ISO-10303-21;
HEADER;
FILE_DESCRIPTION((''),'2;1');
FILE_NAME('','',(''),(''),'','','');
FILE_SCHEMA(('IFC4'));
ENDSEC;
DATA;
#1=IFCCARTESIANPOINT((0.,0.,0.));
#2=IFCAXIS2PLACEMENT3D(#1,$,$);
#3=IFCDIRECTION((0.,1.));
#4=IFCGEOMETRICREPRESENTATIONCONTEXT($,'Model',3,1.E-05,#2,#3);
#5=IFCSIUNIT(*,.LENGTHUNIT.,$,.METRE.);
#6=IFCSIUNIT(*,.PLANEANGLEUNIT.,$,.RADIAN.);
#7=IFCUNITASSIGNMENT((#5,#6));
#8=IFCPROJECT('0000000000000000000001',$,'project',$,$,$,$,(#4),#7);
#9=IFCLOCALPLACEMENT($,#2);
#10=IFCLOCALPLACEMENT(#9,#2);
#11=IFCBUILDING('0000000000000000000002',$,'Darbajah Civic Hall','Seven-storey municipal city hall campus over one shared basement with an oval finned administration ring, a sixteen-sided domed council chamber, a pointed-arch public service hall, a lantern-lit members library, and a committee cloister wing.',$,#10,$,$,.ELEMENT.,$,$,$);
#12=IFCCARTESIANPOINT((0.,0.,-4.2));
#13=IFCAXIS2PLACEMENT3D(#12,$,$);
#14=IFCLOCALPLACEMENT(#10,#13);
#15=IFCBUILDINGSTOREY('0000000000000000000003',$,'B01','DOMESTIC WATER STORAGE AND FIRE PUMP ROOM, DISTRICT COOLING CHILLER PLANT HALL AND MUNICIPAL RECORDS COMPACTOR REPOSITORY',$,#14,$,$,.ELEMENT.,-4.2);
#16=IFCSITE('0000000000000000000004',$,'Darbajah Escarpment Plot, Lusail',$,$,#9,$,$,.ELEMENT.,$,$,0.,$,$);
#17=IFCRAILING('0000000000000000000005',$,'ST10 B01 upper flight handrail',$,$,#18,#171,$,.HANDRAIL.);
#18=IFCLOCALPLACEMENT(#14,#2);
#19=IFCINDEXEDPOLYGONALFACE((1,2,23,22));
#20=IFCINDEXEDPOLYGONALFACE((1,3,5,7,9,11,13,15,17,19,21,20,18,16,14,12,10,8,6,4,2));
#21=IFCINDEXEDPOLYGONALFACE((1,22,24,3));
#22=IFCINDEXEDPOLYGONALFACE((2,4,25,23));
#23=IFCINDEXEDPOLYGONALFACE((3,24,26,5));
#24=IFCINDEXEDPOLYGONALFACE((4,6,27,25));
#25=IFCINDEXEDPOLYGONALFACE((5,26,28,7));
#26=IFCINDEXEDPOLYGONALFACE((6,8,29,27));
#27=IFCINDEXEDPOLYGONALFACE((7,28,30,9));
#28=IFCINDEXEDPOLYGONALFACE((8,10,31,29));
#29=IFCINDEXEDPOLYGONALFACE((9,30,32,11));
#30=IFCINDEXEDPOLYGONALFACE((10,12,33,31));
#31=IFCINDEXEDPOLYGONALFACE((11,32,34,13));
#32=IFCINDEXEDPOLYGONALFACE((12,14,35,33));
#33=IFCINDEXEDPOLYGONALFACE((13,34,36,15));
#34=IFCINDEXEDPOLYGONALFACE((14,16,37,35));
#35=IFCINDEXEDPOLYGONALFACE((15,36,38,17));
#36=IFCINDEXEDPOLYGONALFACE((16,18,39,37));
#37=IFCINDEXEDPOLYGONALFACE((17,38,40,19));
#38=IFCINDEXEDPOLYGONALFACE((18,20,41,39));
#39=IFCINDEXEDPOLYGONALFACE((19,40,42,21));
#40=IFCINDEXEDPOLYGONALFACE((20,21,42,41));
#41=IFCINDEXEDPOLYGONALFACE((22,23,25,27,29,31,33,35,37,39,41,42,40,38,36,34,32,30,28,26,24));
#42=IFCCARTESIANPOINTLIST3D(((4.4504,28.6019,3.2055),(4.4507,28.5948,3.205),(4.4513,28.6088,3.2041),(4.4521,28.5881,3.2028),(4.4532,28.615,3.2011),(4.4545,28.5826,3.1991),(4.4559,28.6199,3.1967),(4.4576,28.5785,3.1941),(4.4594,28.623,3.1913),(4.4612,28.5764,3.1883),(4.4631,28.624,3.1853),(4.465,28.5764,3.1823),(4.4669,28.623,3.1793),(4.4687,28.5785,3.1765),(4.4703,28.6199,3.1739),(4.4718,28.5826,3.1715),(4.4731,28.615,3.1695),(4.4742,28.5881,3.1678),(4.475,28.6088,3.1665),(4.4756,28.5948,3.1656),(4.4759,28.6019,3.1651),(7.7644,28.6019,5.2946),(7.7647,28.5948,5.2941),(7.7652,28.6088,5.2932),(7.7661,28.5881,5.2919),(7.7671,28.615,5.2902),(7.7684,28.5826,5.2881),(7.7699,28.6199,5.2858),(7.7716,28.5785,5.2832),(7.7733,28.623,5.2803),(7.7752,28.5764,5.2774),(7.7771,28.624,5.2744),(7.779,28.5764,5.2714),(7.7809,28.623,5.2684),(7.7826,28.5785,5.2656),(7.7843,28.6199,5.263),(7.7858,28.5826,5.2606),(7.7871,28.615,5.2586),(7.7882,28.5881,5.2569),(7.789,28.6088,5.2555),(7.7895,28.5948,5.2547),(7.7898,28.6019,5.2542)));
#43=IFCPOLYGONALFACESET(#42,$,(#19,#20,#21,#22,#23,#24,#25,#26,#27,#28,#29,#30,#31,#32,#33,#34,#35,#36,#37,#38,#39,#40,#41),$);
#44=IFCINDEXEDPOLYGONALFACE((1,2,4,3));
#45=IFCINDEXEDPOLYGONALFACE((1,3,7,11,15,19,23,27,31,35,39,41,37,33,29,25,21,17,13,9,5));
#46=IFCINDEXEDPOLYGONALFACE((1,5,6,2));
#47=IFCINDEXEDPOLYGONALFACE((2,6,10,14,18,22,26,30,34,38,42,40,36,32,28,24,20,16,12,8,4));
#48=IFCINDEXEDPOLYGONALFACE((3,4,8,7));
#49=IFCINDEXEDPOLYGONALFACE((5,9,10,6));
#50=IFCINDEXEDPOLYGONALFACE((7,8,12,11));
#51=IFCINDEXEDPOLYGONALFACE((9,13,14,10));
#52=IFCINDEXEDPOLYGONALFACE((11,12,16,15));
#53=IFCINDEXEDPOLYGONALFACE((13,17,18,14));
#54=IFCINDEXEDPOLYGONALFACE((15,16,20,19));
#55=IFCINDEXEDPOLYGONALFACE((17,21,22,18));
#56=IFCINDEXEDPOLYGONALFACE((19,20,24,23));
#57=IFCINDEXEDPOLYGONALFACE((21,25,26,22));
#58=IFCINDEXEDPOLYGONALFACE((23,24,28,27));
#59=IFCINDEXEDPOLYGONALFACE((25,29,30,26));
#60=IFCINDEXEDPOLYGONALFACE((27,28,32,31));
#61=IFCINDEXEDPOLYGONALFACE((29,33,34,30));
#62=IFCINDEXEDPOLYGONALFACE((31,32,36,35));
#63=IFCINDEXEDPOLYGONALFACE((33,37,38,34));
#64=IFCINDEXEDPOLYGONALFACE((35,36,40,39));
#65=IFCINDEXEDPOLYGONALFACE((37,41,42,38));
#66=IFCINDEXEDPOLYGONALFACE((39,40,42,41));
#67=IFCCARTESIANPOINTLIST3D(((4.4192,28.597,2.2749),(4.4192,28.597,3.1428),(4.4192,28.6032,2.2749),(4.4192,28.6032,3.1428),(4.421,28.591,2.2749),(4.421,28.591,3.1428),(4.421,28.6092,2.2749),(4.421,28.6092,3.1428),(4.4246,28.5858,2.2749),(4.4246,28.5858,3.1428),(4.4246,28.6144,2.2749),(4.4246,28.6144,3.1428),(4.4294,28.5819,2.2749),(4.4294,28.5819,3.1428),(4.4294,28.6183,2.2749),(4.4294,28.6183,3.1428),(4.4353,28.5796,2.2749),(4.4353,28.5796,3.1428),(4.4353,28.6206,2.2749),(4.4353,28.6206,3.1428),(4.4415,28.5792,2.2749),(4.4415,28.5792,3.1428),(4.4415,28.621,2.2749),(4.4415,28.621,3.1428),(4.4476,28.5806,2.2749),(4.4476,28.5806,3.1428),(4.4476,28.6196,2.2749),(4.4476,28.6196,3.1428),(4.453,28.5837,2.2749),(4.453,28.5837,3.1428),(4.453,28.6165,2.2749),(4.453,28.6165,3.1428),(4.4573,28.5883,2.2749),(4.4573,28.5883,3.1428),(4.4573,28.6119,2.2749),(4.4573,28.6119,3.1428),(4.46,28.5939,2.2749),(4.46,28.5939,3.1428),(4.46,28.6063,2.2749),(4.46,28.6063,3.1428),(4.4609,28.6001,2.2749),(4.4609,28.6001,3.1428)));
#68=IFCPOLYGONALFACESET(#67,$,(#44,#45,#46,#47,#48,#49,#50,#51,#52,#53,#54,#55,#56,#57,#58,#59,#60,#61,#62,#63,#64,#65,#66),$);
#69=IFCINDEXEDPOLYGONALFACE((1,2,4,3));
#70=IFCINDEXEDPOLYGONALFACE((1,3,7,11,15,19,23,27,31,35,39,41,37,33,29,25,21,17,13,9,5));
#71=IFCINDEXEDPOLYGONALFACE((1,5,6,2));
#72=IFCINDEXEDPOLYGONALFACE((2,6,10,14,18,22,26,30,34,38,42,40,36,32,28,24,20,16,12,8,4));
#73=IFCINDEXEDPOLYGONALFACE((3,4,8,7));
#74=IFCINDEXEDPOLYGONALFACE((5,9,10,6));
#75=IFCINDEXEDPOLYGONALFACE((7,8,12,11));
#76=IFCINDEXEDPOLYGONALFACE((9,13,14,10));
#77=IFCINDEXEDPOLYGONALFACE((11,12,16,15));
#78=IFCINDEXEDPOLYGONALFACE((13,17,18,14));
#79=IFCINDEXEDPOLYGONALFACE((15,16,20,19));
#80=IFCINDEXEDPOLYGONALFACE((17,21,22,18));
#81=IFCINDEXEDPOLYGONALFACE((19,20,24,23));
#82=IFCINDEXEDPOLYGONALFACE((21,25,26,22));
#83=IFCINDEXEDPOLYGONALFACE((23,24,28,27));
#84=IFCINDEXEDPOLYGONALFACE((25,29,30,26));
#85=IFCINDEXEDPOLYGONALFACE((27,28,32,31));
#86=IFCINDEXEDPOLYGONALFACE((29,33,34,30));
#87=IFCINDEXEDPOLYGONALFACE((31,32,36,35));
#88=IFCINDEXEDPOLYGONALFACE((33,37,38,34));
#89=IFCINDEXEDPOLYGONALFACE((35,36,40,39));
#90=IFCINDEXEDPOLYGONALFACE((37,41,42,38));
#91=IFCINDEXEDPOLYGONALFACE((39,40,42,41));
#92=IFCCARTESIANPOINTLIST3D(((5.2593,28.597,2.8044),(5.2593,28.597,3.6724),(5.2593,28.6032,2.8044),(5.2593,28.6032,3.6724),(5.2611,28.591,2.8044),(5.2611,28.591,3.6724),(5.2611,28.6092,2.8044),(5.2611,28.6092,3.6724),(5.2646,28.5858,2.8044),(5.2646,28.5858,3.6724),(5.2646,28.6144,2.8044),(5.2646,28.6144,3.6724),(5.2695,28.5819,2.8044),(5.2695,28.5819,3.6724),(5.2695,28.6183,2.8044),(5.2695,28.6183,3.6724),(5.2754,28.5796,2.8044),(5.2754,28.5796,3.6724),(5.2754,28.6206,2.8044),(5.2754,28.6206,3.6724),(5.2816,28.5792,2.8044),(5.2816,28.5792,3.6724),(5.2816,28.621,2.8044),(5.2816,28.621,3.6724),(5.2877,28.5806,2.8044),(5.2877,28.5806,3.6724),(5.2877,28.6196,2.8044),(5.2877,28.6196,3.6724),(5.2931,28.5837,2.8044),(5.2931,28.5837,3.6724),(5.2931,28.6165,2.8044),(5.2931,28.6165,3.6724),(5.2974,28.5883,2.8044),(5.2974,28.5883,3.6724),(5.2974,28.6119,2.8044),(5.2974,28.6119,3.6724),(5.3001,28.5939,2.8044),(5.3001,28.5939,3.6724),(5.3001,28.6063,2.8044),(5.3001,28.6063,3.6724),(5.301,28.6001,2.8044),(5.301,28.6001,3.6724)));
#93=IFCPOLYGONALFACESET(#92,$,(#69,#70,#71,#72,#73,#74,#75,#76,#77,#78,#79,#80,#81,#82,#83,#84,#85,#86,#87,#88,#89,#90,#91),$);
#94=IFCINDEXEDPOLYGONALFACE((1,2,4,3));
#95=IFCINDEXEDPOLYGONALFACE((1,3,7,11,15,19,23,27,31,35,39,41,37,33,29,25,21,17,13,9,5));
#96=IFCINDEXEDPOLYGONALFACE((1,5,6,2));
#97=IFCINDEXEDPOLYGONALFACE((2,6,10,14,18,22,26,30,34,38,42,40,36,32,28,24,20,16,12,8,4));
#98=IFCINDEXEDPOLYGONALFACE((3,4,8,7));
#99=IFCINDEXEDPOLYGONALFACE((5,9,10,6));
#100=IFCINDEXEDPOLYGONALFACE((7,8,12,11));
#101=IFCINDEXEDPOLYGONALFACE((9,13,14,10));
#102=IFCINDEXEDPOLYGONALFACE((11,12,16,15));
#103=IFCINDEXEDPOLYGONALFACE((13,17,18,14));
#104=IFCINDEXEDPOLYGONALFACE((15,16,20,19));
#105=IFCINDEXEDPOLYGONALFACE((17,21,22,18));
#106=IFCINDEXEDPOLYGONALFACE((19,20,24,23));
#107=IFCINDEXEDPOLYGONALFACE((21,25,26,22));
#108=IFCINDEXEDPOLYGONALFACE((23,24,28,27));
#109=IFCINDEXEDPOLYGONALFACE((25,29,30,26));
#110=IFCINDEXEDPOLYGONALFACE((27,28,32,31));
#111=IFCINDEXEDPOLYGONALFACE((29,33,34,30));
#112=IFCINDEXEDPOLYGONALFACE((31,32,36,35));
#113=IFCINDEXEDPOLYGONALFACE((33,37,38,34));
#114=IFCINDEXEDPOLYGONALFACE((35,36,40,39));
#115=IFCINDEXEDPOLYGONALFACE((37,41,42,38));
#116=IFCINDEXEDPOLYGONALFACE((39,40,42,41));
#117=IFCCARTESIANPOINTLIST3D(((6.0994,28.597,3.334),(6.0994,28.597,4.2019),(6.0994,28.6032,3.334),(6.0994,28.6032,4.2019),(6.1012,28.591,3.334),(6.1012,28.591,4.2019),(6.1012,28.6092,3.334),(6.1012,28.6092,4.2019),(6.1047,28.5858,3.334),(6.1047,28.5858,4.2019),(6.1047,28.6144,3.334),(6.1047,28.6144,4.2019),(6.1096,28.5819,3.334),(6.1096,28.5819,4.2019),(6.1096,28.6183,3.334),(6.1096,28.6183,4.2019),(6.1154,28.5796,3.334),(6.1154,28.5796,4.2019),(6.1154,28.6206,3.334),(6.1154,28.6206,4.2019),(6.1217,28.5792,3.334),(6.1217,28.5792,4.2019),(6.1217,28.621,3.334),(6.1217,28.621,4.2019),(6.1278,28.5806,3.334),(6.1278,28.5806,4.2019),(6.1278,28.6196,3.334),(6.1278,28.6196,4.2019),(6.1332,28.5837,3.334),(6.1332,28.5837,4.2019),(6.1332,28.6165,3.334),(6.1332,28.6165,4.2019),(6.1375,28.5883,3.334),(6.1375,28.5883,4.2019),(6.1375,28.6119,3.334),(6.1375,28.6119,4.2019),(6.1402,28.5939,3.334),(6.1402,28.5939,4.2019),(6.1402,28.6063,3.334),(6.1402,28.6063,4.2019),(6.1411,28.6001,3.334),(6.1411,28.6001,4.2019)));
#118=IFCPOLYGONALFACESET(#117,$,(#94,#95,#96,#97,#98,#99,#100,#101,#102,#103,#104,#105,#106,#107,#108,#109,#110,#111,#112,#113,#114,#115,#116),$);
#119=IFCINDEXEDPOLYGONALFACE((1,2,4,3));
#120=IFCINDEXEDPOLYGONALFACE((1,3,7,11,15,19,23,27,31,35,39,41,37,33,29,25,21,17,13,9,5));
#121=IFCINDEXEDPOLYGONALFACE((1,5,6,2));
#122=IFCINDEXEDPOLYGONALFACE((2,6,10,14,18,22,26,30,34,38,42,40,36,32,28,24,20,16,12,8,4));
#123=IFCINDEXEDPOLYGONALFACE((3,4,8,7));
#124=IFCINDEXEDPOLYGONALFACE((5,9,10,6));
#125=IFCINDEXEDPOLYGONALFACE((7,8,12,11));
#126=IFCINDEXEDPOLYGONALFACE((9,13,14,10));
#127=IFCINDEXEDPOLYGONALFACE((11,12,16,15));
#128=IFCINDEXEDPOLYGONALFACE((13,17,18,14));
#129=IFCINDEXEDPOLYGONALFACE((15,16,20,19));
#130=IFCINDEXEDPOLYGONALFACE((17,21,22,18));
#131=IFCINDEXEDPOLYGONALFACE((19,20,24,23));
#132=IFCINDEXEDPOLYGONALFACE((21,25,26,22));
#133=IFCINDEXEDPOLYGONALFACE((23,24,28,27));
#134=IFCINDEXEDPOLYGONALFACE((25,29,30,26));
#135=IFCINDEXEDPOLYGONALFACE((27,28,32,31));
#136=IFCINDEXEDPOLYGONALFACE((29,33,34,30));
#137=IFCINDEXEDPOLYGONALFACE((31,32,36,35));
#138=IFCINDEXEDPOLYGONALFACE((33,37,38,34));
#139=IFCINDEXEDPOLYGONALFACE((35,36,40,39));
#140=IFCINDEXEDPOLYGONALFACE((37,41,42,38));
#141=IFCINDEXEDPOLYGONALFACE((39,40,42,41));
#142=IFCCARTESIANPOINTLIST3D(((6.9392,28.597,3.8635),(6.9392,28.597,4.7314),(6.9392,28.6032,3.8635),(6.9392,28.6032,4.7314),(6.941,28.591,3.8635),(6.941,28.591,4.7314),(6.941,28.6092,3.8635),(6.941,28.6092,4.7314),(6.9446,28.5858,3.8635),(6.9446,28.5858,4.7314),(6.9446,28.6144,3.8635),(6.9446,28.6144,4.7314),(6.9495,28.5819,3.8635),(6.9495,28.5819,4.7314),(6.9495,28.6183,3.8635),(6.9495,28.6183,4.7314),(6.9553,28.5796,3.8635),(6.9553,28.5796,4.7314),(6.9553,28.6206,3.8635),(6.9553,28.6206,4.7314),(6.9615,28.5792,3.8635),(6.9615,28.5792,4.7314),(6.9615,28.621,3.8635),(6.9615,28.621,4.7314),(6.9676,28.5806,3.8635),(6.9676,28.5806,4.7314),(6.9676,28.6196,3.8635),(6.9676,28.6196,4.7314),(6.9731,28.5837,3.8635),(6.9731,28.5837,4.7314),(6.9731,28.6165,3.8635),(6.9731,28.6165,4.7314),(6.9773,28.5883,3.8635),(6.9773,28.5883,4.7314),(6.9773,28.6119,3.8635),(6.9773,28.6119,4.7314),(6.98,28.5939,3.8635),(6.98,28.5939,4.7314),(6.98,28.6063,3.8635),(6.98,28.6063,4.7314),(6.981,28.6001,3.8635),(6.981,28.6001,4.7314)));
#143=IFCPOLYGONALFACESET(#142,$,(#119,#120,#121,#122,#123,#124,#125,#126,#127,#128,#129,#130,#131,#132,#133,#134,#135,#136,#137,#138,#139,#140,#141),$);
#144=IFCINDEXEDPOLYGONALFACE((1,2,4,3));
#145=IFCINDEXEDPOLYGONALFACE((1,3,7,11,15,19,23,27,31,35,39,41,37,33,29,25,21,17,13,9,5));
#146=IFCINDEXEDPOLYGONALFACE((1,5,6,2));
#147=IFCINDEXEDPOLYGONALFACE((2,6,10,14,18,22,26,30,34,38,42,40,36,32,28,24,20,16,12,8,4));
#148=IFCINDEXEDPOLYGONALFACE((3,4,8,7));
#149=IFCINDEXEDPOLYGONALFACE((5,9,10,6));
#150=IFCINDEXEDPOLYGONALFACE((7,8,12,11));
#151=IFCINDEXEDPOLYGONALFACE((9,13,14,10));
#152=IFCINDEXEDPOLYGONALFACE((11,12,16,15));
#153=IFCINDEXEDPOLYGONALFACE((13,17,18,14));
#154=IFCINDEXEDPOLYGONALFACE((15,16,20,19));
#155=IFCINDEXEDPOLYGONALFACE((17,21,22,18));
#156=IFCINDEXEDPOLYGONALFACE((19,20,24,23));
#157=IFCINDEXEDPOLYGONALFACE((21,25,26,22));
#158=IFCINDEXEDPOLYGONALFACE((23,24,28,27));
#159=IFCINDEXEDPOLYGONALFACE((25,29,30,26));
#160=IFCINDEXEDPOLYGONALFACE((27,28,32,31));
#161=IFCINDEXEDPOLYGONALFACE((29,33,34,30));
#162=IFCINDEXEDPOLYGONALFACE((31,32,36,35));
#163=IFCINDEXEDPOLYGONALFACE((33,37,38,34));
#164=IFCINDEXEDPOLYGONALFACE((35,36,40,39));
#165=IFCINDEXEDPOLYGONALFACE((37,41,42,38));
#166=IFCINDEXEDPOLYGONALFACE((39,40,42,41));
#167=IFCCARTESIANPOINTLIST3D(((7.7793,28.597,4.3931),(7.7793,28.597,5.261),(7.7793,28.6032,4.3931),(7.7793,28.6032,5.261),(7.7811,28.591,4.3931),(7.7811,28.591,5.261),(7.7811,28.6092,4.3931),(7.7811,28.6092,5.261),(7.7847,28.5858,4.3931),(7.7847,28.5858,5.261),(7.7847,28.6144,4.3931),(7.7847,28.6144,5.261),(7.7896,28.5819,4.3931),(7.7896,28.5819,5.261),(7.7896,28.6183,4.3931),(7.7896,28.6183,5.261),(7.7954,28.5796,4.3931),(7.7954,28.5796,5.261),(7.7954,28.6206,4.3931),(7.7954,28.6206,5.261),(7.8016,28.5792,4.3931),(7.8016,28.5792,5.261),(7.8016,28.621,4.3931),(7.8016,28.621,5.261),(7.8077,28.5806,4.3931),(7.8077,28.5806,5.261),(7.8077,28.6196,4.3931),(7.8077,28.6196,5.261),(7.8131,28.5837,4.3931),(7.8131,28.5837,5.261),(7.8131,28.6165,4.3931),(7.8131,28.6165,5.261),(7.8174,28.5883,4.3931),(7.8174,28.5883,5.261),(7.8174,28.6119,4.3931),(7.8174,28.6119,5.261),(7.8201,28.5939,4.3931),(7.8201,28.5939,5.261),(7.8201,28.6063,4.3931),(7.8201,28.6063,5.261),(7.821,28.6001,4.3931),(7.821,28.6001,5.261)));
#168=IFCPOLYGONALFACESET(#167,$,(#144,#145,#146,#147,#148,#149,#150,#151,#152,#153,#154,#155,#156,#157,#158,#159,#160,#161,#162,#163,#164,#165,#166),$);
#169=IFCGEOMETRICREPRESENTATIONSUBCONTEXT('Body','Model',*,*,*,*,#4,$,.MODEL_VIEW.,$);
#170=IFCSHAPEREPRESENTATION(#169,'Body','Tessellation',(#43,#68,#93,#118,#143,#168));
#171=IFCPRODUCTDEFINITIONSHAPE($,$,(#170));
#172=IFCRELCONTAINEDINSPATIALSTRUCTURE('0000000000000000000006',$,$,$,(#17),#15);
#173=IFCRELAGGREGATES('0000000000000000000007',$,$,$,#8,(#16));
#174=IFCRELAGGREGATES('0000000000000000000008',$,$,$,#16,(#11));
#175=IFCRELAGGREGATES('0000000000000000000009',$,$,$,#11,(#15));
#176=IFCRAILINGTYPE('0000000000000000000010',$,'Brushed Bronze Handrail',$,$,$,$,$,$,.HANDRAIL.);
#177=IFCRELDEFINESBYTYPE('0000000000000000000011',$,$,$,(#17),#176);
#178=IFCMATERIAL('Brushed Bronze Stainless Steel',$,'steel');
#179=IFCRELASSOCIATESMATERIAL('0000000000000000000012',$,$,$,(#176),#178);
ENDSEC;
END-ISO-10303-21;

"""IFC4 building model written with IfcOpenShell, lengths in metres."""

from ifc_helpers import new_model, si_unit, direction, frame, origin, origin_2d, place, context, subcontext, project, spatial, circle, extrude, material, type_object, element, save


model = new_model("IFC4")

# Units and contexts
model_context = context("Model", 3, precision=1e-05, world=origin(), true_north=direction((0.0, 1.0)))
body_context = subcontext(model_context, "Body", "Model", "MODEL_VIEW")
ifc_project = project(units=[si_unit("LENGTHUNIT", "METRE"), si_unit("PLANEANGLEUNIT", "RADIAN")], contexts=[model_context])

# Site, building, storey
site_placement = place(None, origin())
site = spatial("IfcSite", under=ifc_project, at=site_placement, Name="Darbajah Escarpment Plot, Lusail", CompositionType="ELEMENT", RefElevation=0.0)
building_placement = place(site_placement, origin())
building = spatial("IfcBuilding", under=site, at=building_placement, Name="Darbajah Civic Hall", Description="Seven-storey municipal city hall campus over one shared basement with an oval finned administration ring, a sixteen-sided domed council chamber, a pointed-arch public service hall, a lantern-lit members library, and a committee cloister wing.", CompositionType="ELEMENT")
storey_placement = place(building_placement, frame((0.0, 0.0, -4.2)))
storey = spatial("IfcBuildingStorey", under=building, at=storey_placement, Name="B01", Description="DOMESTIC WATER STORAGE AND FIRE PUMP ROOM, DISTRICT COOLING CHILLER PLANT HALL AND MUNICIPAL RECORDS COMPACTOR REPOSITORY", CompositionType="ELEMENT", Elevation=-4.2)

# Railing
ifc_material_1 = material(Name="Brushed Bronze Stainless Steel", Category="steel")
railing_type_1 = type_object("IfcRailingType", Name="Brushed Bronze Handrail", PredefinedType="HANDRAIL", material=ifc_material_1)
railing_1_placement = place(storey_placement, frame((4.4399, 28.6001, 2.2749)))
element("IfcRailing", 1, at=railing_1_placement, inside=storey, type_object=railing_type_1, Name="ST10 B01 upper flight handrail", PredefinedType="HANDRAIL", context=body_context, shape_type="SweptSolid", body=[
    extrude(circle(Radius=0.0239, at=origin_2d()), frame((0.0232, 0.0, 0.9104), z_axis=(0.845944, 0.0, 0.533271), x_axis=(0.0, 1.0, 0.0)), (0.0, 0.0, 1.0), 3.9175),
    extrude(circle(Radius=0.021, at=origin_2d()), origin(), (0.0, 0.0, 1.0), 0.8679),
    extrude(circle(Radius=0.021, at=origin_2d()), frame((0.8401, 0.0, 0.5295)), (0.0, 0.0, 1.0), 0.8679),
    extrude(circle(Radius=0.021, at=origin_2d()), frame((1.6802, 0.0, 1.0591)), (0.0, 0.0, 1.0), 0.8679),
    extrude(circle(Radius=0.021, at=origin_2d()), frame((2.52, 0.0, 1.5886)), (0.0, 0.0, 1.0), 0.8679),
    extrude(circle(Radius=0.021, at=origin_2d()), frame((3.3601, 0.0, 2.1182)), (0.0, 0.0, 1.0), 0.8679),
])

save(model, "model.ifc")
